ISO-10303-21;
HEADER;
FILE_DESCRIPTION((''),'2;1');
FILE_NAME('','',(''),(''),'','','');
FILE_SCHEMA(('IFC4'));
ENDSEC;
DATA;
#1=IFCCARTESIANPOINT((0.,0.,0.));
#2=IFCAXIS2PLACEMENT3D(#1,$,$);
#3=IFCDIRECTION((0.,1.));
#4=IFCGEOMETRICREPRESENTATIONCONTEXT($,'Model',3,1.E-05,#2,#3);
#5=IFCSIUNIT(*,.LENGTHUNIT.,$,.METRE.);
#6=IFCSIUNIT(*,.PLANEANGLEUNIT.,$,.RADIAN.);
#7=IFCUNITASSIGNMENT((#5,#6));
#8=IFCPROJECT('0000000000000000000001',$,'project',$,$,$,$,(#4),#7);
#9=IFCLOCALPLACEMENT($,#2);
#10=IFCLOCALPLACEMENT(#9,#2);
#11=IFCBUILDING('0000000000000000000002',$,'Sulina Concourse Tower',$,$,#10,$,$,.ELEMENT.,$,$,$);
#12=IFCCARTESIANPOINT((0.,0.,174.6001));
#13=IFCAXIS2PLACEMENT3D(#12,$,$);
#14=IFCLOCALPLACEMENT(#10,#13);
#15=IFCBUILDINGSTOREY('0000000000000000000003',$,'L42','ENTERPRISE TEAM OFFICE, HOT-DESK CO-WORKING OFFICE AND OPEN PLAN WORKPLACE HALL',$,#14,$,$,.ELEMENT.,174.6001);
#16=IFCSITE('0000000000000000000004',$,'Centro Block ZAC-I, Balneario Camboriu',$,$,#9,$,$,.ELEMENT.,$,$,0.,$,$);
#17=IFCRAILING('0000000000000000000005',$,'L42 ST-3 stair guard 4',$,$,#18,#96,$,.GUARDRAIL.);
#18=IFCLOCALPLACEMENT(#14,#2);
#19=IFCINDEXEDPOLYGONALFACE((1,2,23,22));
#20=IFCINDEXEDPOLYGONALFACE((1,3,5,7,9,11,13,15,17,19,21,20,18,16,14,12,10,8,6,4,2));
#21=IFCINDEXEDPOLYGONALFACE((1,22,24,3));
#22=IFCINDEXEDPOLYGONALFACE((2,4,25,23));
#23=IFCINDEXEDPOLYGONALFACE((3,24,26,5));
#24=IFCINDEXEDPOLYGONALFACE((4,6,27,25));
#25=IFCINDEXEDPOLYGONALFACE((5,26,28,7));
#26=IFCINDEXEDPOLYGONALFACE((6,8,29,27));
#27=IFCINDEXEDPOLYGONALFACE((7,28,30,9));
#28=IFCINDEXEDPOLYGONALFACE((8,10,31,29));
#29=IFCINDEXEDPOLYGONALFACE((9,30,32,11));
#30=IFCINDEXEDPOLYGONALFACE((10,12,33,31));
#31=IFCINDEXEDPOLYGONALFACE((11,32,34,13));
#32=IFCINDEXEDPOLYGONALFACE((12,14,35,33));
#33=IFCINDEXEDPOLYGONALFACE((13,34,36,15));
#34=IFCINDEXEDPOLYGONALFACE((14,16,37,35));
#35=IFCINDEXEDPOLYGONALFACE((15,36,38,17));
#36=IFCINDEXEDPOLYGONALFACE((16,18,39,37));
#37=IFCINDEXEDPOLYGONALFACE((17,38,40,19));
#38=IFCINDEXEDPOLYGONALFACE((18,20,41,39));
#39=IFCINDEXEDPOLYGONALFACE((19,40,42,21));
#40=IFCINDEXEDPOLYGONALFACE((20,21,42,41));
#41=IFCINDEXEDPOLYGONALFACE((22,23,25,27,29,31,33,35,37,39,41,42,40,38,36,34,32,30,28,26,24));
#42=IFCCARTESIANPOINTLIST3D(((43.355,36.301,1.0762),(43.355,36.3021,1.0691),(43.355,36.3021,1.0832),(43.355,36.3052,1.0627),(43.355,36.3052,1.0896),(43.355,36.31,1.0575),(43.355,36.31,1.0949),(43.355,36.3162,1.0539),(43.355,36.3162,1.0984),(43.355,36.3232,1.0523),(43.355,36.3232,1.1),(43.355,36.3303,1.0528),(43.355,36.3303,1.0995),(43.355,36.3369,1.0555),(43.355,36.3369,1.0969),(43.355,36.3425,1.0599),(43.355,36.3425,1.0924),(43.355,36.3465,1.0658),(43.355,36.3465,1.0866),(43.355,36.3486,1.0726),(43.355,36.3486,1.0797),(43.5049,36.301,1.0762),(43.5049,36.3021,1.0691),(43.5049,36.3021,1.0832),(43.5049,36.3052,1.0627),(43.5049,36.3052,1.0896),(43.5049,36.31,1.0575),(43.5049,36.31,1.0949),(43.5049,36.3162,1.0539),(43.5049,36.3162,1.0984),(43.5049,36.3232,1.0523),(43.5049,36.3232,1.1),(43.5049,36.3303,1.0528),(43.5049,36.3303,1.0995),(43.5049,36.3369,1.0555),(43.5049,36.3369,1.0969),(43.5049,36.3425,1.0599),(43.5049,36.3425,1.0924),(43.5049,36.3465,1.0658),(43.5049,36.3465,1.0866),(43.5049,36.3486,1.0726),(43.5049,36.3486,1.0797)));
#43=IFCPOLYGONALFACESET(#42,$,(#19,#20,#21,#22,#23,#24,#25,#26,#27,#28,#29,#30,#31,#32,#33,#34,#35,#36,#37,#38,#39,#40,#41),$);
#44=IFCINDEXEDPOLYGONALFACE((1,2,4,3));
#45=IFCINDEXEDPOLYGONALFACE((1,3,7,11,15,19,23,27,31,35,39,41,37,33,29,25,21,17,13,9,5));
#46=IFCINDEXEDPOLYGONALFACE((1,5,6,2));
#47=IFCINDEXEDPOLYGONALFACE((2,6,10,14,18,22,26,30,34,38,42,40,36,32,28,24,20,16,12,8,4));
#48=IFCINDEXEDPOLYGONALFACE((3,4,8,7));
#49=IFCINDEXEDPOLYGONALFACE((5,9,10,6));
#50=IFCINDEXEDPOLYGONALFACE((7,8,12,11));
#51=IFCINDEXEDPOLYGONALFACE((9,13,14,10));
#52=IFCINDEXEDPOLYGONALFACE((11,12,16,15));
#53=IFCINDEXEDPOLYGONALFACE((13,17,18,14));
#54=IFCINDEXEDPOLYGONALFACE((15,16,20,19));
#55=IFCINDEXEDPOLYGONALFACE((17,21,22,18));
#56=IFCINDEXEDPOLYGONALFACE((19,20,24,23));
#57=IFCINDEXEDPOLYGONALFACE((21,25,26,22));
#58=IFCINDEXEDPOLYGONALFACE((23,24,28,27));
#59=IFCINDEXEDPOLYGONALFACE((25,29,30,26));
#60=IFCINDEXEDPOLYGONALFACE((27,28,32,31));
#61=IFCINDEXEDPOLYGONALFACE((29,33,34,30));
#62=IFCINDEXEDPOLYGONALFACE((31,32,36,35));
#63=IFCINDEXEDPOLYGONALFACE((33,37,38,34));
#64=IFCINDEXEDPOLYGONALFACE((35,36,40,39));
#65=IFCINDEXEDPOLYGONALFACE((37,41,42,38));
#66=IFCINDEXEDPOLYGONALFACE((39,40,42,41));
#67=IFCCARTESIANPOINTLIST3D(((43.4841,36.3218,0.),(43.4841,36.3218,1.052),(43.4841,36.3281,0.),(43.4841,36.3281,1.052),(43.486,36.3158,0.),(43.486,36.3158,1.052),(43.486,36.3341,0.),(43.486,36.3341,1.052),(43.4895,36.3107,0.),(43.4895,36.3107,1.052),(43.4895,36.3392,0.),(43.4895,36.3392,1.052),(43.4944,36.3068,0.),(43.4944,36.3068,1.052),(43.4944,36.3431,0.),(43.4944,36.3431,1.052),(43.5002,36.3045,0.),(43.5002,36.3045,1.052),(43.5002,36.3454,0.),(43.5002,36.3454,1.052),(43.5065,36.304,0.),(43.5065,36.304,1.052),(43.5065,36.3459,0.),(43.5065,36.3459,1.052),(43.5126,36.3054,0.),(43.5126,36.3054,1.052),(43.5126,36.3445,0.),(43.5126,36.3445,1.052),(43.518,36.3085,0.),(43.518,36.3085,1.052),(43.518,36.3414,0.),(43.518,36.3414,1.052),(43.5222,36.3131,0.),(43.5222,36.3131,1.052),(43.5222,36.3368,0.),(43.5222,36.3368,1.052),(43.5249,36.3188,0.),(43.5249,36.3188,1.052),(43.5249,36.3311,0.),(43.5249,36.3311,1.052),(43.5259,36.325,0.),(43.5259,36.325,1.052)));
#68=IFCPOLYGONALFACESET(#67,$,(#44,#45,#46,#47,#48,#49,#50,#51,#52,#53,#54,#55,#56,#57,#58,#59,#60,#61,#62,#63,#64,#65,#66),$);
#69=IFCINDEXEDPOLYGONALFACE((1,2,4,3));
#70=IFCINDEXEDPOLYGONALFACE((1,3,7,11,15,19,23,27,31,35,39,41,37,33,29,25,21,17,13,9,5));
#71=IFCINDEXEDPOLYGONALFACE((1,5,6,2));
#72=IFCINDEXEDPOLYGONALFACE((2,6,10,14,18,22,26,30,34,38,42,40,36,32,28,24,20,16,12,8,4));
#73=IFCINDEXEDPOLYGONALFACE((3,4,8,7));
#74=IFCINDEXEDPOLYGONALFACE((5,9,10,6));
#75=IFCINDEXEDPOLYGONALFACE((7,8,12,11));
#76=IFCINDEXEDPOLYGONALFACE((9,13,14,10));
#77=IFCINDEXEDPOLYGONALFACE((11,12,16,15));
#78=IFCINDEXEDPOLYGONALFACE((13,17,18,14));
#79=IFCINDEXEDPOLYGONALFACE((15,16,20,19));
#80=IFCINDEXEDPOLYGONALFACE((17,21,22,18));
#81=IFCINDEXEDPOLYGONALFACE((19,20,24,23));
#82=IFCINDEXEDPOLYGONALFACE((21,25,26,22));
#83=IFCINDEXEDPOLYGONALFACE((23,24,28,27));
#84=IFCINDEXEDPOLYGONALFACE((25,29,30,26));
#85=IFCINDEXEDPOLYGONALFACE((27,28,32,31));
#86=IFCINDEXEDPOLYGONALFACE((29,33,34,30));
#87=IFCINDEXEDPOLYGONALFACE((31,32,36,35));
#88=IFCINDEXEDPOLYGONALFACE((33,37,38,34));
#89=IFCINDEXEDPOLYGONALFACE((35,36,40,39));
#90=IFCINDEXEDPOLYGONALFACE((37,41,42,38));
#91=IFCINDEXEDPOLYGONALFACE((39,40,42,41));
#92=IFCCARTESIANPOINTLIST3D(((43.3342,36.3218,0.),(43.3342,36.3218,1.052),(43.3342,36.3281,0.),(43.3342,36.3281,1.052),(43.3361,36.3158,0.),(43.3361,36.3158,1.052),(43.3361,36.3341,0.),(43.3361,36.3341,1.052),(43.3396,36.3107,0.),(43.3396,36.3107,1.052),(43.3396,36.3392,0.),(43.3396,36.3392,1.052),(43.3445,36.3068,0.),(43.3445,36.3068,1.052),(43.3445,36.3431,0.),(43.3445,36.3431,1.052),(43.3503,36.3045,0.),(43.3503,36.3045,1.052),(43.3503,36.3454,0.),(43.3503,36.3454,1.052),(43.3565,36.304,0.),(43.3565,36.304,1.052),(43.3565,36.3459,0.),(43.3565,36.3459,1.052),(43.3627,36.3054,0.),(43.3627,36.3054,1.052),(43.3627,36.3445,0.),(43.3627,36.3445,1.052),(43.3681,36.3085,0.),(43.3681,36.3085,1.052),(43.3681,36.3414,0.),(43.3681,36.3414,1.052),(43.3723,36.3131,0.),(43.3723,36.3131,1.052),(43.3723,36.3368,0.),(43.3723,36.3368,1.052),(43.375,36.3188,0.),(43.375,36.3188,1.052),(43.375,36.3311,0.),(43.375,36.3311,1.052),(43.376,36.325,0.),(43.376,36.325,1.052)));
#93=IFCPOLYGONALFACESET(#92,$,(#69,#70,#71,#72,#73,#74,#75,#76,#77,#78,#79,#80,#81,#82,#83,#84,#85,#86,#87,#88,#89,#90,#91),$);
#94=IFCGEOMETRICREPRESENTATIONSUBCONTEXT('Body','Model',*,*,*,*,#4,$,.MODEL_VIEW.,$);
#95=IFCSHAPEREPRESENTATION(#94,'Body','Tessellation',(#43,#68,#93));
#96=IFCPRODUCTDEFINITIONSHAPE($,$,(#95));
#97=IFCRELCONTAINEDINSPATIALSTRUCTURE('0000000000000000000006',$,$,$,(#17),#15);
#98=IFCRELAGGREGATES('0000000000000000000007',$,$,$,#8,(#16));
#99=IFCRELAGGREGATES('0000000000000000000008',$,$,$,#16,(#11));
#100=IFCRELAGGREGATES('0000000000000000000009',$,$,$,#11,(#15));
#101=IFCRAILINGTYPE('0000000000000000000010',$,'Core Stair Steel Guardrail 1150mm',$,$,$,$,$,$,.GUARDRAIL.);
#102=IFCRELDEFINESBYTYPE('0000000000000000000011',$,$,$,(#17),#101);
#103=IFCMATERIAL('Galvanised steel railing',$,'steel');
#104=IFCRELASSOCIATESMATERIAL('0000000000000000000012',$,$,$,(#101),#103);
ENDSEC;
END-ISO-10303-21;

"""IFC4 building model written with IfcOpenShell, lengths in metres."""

from ifc_helpers import new_model, si_unit, direction, frame, origin, origin_2d, place, context, subcontext, project, spatial, circle, extrude, material, type_object, element, save


model = new_model("IFC4")

# Units and contexts
model_context = context("Model", 3, precision=1e-05, world=origin(), true_north=direction((0.0, 1.0)))
body_context = subcontext(model_context, "Body", "Model", "MODEL_VIEW")
ifc_project = project(units=[si_unit("LENGTHUNIT", "METRE"), si_unit("PLANEANGLEUNIT", "RADIAN")], contexts=[model_context])

# Site, building, storey
site_placement = place(None, origin())
site = spatial("IfcSite", under=ifc_project, at=site_placement, Name="Centro Block ZAC-I, Balneario Camboriu", CompositionType="ELEMENT", RefElevation=0.0)
building_placement = place(site_placement, origin())
building = spatial("IfcBuilding", under=site, at=building_placement, Name="Sulina Concourse Tower", CompositionType="ELEMENT")
storey_placement = place(building_placement, frame((0.0, 0.0, 174.6001)))
storey = spatial("IfcBuildingStorey", under=building, at=storey_placement, Name="L42", Description="ENTERPRISE TEAM OFFICE, HOT-DESK CO-WORKING OFFICE AND OPEN PLAN WORKPLACE HALL", CompositionType="ELEMENT", Elevation=174.6001)

# Railing
ifc_material_1 = material(Name="Galvanised steel railing", Category="steel")
railing_type_1 = type_object("IfcRailingType", Name="Core Stair Steel Guardrail 1150mm", PredefinedType="GUARDRAIL", material=ifc_material_1)
railing_1_placement = place(storey_placement, frame((43.5049, 36.325, 0.0)))
element("IfcRailing", 1, at=railing_1_placement, inside=storey, type_object=railing_type_1, Name="L42 ST-3 stair guard 4", PredefinedType="GUARDRAIL", context=body_context, shape_type="SweptSolid", body=[
    extrude(circle(Radius=0.0239, at=origin_2d()), frame((0.0, 0.0, 1.0762), z_axis=(-1.0, 0.0, 0.0), x_axis=(0.0, -1.0, 0.0)), (0.0, 0.0, 1.0), 0.1499),
    extrude(circle(Radius=0.021, at=origin_2d()), origin(), (0.0, 0.0, 1.0), 1.052),
    extrude(circle(Radius=0.021, at=origin_2d()), frame((-0.1499, 0.0, 0.0)), (0.0, 0.0, 1.0), 1.052),
])

save(model, "model.ifc")
